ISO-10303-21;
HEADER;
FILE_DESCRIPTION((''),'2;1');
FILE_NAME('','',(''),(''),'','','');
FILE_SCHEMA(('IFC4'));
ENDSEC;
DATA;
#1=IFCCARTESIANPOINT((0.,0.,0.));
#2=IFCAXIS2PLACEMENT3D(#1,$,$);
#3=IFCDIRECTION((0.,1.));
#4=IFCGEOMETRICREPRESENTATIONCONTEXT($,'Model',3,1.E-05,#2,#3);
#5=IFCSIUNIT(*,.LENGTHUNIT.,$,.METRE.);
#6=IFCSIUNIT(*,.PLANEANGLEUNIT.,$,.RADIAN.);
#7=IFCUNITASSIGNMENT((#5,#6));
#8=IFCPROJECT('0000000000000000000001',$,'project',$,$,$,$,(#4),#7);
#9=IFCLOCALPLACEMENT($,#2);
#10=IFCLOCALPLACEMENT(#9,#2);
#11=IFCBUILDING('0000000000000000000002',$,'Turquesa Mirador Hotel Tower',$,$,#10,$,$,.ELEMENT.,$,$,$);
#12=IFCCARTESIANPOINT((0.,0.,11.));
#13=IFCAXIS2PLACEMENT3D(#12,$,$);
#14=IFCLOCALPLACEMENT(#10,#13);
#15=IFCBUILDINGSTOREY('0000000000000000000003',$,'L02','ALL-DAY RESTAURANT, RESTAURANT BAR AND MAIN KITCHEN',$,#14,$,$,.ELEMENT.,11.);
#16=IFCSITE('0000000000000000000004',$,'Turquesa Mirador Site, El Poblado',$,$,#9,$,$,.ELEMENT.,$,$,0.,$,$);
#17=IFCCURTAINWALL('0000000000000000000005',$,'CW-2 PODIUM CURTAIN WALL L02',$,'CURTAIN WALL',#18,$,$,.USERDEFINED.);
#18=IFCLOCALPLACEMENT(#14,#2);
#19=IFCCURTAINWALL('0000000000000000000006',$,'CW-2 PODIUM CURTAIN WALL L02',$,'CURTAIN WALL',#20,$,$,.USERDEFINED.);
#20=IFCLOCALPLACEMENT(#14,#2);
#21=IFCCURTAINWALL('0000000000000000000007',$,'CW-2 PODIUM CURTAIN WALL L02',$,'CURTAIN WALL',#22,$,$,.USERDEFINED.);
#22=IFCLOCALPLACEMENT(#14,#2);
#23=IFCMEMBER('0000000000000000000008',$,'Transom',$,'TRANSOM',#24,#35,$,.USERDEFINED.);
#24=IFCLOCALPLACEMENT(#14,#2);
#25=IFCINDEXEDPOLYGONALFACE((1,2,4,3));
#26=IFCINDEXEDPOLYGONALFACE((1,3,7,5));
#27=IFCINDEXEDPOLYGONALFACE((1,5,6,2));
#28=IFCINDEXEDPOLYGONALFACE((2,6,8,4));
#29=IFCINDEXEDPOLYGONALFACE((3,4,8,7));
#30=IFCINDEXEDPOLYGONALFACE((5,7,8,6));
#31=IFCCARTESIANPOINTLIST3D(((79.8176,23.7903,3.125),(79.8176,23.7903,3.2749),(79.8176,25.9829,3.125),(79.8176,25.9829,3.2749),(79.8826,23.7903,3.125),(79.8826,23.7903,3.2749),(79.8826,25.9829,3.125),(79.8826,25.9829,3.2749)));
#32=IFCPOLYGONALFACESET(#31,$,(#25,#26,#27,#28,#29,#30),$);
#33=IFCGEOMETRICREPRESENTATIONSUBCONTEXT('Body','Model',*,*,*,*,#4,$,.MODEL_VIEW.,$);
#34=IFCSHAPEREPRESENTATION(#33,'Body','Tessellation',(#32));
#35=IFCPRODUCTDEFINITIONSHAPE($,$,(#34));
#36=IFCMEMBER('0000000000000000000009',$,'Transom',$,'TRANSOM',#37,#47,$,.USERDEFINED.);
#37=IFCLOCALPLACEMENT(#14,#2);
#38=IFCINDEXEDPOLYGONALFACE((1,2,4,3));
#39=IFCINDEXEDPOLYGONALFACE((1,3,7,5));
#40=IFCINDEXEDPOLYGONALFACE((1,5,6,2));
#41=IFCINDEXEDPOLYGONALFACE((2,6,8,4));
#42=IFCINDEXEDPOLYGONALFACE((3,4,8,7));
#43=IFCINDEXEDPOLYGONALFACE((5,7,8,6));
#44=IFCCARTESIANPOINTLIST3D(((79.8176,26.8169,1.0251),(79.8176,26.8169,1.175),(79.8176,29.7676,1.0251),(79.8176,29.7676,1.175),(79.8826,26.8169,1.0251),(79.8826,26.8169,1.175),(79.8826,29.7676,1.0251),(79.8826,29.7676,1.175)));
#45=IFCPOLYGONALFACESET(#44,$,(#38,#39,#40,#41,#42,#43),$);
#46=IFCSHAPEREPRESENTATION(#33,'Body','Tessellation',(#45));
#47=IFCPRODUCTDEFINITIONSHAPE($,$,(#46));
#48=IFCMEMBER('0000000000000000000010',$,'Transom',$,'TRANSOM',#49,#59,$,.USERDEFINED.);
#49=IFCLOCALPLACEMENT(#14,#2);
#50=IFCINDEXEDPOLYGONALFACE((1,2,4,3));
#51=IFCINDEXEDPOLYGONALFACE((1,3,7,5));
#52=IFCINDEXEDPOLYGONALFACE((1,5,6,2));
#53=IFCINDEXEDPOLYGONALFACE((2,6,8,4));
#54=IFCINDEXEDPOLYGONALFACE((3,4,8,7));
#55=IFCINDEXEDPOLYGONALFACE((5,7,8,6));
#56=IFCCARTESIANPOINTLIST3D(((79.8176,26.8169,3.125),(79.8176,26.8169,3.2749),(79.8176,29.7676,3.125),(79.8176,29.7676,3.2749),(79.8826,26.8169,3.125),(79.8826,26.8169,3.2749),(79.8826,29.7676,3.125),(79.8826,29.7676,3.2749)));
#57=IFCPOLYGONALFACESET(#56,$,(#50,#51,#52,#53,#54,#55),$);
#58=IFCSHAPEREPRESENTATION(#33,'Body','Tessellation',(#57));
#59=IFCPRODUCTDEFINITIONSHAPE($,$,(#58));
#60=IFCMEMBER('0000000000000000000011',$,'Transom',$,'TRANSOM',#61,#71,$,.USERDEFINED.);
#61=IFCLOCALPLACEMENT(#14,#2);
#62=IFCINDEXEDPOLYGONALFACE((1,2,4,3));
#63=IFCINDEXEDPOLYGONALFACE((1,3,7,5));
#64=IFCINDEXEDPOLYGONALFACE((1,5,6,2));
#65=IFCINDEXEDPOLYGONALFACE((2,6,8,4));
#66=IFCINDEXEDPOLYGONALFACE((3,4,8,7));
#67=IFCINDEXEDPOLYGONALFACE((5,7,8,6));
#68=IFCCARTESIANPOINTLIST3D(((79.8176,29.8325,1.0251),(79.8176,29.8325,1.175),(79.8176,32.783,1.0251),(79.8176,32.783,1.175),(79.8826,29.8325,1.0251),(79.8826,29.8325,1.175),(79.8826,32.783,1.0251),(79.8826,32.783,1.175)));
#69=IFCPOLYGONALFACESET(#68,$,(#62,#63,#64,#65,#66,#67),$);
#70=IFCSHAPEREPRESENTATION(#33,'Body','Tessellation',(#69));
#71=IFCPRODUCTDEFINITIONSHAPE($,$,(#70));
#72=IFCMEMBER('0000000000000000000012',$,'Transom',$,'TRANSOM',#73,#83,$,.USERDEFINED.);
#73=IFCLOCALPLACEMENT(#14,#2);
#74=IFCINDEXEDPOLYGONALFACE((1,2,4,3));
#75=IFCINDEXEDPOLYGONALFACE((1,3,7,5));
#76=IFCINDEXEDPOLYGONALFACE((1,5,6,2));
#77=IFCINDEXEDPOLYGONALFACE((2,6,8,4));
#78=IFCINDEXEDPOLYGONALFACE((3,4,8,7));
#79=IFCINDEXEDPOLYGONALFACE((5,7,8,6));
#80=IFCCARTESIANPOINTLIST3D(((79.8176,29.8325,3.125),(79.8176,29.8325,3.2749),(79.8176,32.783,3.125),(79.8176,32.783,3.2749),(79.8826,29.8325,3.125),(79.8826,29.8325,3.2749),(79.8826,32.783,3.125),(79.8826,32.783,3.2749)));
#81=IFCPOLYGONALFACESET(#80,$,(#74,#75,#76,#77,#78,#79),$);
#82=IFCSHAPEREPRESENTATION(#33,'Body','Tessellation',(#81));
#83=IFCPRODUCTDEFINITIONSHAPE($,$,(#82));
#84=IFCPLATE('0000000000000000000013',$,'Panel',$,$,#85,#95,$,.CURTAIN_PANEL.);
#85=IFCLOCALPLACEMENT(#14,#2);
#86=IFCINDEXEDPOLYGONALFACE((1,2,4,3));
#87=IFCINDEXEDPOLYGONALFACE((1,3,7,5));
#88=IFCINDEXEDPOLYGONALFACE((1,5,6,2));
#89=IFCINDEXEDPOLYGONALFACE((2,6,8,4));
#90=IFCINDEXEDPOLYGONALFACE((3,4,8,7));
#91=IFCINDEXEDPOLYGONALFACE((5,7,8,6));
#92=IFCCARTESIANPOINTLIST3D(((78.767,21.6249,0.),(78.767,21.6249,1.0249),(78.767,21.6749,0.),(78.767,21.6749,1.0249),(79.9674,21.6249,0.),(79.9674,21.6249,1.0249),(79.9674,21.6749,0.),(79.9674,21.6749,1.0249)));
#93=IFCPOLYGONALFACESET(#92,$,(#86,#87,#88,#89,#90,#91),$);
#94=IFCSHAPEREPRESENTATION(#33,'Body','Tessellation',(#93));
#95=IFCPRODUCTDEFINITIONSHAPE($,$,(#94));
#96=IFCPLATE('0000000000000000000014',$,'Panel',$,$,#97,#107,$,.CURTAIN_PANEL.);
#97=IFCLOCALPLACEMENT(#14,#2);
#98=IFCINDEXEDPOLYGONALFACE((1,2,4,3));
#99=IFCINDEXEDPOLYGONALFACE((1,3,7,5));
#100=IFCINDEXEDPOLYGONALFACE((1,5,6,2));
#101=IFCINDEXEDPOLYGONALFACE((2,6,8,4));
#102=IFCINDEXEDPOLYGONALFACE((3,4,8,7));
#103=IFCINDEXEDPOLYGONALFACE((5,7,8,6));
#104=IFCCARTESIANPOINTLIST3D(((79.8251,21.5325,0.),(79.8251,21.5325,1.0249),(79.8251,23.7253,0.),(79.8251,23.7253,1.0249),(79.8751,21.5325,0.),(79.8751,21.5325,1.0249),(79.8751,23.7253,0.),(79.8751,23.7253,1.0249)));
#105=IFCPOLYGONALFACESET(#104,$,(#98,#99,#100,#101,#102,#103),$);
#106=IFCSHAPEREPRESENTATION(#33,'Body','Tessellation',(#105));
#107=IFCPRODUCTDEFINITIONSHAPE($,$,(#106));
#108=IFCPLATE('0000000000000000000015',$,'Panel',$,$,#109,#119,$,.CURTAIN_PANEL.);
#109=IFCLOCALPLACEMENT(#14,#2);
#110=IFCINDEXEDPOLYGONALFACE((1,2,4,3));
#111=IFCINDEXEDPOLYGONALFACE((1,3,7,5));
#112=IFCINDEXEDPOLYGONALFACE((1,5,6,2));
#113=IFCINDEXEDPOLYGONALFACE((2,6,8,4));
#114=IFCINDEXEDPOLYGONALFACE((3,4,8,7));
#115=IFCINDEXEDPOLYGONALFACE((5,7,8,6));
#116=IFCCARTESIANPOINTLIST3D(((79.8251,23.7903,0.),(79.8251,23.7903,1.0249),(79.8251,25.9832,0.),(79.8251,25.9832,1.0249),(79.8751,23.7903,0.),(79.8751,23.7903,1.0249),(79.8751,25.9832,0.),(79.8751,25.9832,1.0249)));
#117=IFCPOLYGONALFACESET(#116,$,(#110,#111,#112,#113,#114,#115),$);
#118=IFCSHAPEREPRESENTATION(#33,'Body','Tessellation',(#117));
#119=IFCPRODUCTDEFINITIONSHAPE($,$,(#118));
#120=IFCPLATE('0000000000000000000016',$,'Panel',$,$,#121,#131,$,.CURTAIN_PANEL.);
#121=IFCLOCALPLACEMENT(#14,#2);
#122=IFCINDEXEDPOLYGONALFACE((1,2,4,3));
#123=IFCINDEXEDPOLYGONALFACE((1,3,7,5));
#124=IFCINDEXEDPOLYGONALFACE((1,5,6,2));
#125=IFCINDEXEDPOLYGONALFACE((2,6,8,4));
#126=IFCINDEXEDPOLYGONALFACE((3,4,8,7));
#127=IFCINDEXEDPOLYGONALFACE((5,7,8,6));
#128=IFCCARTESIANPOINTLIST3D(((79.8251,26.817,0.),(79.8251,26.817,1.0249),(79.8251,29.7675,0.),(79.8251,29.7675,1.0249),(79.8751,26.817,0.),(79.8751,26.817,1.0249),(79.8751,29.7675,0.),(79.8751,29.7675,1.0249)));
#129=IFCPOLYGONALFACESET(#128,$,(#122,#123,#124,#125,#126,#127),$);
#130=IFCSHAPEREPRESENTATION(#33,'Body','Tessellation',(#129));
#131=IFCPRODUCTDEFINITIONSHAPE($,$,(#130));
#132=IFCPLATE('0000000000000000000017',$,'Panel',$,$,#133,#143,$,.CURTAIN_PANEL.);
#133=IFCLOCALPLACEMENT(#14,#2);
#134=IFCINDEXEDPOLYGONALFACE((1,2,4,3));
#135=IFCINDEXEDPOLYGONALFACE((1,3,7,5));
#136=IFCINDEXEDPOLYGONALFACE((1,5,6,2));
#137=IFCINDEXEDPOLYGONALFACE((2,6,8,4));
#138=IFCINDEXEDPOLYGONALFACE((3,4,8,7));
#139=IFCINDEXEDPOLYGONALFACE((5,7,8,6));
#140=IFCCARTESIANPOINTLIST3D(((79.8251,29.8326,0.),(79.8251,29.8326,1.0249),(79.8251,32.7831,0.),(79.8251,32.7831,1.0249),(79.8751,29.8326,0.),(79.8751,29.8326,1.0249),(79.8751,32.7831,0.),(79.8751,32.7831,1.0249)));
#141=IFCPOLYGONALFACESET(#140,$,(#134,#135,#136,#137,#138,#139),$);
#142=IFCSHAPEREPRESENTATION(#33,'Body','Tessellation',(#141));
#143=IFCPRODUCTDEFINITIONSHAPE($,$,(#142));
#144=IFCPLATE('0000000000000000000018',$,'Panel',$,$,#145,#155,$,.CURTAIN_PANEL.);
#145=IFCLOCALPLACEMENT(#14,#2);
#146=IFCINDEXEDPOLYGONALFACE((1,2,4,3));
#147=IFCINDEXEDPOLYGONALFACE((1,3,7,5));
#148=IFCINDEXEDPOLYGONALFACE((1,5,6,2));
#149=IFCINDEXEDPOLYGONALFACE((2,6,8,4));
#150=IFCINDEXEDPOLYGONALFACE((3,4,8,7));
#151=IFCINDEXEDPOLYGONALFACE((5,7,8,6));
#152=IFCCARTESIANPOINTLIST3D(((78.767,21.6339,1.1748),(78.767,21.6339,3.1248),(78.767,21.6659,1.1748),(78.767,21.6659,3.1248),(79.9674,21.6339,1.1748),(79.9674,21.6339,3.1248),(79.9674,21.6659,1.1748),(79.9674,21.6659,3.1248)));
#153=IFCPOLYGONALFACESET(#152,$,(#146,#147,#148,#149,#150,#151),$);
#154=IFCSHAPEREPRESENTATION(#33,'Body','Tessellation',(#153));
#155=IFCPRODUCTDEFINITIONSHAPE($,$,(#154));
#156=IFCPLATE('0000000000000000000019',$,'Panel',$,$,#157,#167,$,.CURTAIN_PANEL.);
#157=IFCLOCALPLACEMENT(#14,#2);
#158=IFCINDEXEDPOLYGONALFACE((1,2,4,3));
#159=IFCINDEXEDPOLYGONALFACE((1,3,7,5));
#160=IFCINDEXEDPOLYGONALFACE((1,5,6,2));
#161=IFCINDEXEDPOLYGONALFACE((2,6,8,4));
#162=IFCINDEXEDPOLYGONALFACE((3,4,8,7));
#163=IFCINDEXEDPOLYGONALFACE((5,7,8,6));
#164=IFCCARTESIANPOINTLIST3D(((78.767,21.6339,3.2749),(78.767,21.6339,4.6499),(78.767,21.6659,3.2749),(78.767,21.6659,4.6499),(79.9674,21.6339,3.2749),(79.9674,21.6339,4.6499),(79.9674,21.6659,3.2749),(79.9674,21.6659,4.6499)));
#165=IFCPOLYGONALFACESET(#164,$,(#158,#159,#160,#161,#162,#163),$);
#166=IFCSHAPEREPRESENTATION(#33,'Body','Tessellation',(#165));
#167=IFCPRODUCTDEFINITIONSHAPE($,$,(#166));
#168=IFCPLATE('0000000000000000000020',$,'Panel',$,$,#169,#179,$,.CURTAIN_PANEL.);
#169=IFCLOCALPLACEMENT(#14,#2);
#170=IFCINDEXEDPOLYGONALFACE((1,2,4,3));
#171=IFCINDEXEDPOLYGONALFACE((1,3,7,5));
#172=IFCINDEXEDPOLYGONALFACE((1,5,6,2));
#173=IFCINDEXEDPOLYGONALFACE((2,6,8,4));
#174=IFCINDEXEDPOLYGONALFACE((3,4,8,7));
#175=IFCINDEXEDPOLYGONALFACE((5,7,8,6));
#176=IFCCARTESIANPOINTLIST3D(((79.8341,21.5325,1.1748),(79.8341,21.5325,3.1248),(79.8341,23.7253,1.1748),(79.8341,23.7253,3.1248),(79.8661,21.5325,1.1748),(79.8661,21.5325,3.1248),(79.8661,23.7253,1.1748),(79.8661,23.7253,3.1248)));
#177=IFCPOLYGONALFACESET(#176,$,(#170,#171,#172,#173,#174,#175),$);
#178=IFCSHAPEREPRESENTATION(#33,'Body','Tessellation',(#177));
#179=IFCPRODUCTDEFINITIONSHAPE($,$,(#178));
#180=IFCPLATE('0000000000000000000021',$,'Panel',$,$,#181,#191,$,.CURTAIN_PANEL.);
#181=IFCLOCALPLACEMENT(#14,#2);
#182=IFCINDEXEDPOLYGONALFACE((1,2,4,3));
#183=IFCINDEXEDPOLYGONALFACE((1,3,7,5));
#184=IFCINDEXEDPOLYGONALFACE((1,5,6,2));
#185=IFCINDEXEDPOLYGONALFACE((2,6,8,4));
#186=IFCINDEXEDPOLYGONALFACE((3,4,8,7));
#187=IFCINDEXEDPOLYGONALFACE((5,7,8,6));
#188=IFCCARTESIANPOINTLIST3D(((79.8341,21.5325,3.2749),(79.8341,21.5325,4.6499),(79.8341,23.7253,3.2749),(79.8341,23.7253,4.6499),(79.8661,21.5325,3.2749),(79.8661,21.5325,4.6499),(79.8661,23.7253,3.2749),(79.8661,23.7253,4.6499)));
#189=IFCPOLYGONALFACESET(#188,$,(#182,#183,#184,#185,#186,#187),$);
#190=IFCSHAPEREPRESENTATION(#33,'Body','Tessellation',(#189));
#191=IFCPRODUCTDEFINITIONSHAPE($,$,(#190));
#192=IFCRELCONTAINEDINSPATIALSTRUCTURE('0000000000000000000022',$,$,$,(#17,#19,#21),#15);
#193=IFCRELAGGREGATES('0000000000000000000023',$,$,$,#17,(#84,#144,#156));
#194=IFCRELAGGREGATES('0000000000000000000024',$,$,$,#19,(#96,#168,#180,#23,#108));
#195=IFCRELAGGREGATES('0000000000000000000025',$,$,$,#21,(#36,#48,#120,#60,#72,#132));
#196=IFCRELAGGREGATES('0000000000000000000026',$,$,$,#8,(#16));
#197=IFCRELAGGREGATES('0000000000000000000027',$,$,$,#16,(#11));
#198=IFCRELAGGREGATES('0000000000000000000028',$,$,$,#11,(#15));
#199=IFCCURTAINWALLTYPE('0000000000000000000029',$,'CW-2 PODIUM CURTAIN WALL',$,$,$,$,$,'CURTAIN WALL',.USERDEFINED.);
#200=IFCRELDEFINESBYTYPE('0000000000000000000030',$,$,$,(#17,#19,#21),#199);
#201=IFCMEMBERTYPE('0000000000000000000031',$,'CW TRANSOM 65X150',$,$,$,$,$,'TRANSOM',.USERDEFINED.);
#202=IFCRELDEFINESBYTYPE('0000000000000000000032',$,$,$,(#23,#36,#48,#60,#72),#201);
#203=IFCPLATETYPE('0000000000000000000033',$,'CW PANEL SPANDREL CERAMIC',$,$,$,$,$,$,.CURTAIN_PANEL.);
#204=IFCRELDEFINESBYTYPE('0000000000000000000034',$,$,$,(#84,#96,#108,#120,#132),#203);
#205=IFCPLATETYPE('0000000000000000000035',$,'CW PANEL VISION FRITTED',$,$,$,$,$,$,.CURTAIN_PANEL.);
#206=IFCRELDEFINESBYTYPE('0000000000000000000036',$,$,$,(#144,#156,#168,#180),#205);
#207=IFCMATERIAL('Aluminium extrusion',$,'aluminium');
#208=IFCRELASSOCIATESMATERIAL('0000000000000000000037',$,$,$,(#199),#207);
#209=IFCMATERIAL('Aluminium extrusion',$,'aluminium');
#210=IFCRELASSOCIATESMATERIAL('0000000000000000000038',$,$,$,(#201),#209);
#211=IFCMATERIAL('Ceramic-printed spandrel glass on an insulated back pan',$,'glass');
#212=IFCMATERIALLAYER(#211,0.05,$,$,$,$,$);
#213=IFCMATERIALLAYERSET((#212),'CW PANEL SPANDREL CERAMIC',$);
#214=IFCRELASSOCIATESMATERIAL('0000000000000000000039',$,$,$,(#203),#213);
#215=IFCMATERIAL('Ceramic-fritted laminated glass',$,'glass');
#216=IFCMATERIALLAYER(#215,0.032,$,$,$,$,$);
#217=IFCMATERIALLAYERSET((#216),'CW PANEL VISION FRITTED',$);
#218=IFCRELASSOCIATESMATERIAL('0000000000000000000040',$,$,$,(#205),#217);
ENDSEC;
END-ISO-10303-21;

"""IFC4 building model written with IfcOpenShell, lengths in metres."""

from ifc_helpers import new_model, si_unit, direction, frame, origin, origin_2d, place, context, subcontext, project, spatial, rectangle, extrude, material, layer, layer_set, material_profile, profile_set, type_object, element, aggregate, save


model = new_model("IFC4")

# Units and contexts
model_context = context("Model", 3, precision=1e-05, world=origin(), true_north=direction((0.0, 1.0)))
body_context = subcontext(model_context, "Body", "Model", "MODEL_VIEW")
ifc_project = project(units=[si_unit("LENGTHUNIT", "METRE"), si_unit("PLANEANGLEUNIT", "RADIAN")], contexts=[model_context])

# Site, building, storey
site_placement = place(None, origin())
site = spatial("IfcSite", under=ifc_project, at=site_placement, Name="Turquesa Mirador Site, El Poblado", CompositionType="ELEMENT", RefElevation=0.0)
building_placement = place(site_placement, origin())
building = spatial("IfcBuilding", under=site, at=building_placement, Name="Turquesa Mirador Hotel Tower", CompositionType="ELEMENT")
storey_placement = place(building_placement, frame((0.0, 0.0, 11.0)))
storey = spatial("IfcBuildingStorey", under=building, at=storey_placement, Name="L02", Description="ALL-DAY RESTAURANT, RESTAURANT BAR AND MAIN KITCHEN", CompositionType="ELEMENT", Elevation=11.0)

# Curtain walls
ifc_material_1 = material(Name="Aluminium extrusion", Category="aluminium")
curtain_wall_type = type_object("IfcCurtainWallType", Name="CW-2 PODIUM CURTAIN WALL", ElementType="CURTAIN WALL", PredefinedType="USERDEFINED", material=ifc_material_1)
curtain_wall_1_placement = place(storey_placement, origin())
curtain_wall_1 = element("IfcCurtainWall", 1, at=curtain_wall_1_placement, inside=storey, type_object=curtain_wall_type, Name="CW-2 PODIUM CURTAIN WALL L02", ObjectType="CURTAIN WALL", PredefinedType="USERDEFINED")
curtain_wall_2_placement = place(storey_placement, origin())
curtain_wall_2 = element("IfcCurtainWall", 2, at=curtain_wall_2_placement, inside=storey, type_object=curtain_wall_type, Name="CW-2 PODIUM CURTAIN WALL L02", ObjectType="CURTAIN WALL", PredefinedType="USERDEFINED")
curtain_wall_3_placement = place(storey_placement, origin())
curtain_wall_3 = element("IfcCurtainWall", 3, at=curtain_wall_3_placement, inside=storey, type_object=curtain_wall_type, Name="CW-2 PODIUM CURTAIN WALL L02", ObjectType="CURTAIN WALL", PredefinedType="USERDEFINED")

# Members
ifc_material_2 = material(Name="Aluminium extrusion", Category="aluminium")
ifc_material_profile_1 = material_profile(ifc_material_2, rectangle(XDim=0.0649, YDim=0.1499, at=origin_2d()), Name="TRANSOM 65X150")
ifc_profile_set_1 = profile_set([ifc_material_profile_1], Name="Aluminium extrusion")
member_type_1 = type_object("IfcMemberType", Name="CW TRANSOM 65X150", ElementType="TRANSOM", PredefinedType="USERDEFINED", material=ifc_profile_set_1)
member_1_placement = place(storey_placement, frame((79.8501, 23.7903, 3.2), z_axis=(0.0, 1.0, 0.0), x_axis=(-1.0, 0.0, 0.0)))
member_1 = element("IfcMember", 4, at=member_1_placement, type_object=member_type_1, Name="Transom", ObjectType="TRANSOM", PredefinedType="USERDEFINED", context=body_context, shape_type="SweptSolid", body=[
    extrude(rectangle(XDim=0.0649, YDim=0.1499, at=origin_2d()), origin(), (0.0, 0.0, 1.0), 2.1926),
])
member_2_placement = place(storey_placement, frame((79.8501, 26.8169, 1.1001), z_axis=(0.0, 1.0, 0.0), x_axis=(-1.0, 0.0, 0.0)))
member_2 = element("IfcMember", 5, at=member_2_placement, type_object=member_type_1, Name="Transom", ObjectType="TRANSOM", PredefinedType="USERDEFINED", context=body_context, shape_type="SweptSolid", body=[
    extrude(rectangle(XDim=0.0649, YDim=0.1499, at=origin_2d()), origin(), (0.0, 0.0, 1.0), 2.9507),
])
member_3_placement = place(storey_placement, frame((79.8501, 26.8169, 3.2), z_axis=(0.0, 1.0, 0.0), x_axis=(-1.0, 0.0, 0.0)))
member_3 = element("IfcMember", 6, at=member_3_placement, type_object=member_type_1, Name="Transom", ObjectType="TRANSOM", PredefinedType="USERDEFINED", context=body_context, shape_type="SweptSolid", body=[
    extrude(rectangle(XDim=0.0649, YDim=0.1499, at=origin_2d()), origin(), (0.0, 0.0, 1.0), 2.9507),
])
member_4_placement = place(storey_placement, frame((79.8501, 29.8325, 1.1001), z_axis=(0.0, 1.0, 0.0), x_axis=(-1.0, 0.0, 0.0)))
member_4 = element("IfcMember", 7, at=member_4_placement, type_object=member_type_1, Name="Transom", ObjectType="TRANSOM", PredefinedType="USERDEFINED", context=body_context, shape_type="SweptSolid", body=[
    extrude(rectangle(XDim=0.0649, YDim=0.1499, at=origin_2d()), origin(), (0.0, 0.0, 1.0), 2.9504),
])
member_5_placement = place(storey_placement, frame((79.8501, 29.8325, 3.2), z_axis=(0.0, 1.0, 0.0), x_axis=(-1.0, 0.0, 0.0)))
member_5 = element("IfcMember", 8, at=member_5_placement, type_object=member_type_1, Name="Transom", ObjectType="TRANSOM", PredefinedType="USERDEFINED", context=body_context, shape_type="SweptSolid", body=[
    extrude(rectangle(XDim=0.0649, YDim=0.1499, at=origin_2d()), origin(), (0.0, 0.0, 1.0), 2.9504),
])

# Plates
ifc_material_3 = material(Name="Ceramic-printed spandrel glass on an insulated back pan", Category="glass")
ifc_layer_1 = layer(ifc_material_3, 0.05)
ifc_layer_set_1 = layer_set([ifc_layer_1], Name="CW PANEL SPANDREL CERAMIC")
plate_type_1 = type_object("IfcPlateType", Name="CW PANEL SPANDREL CERAMIC", PredefinedType="CURTAIN_PANEL", material=ifc_layer_set_1)
plate_1_placement = place(storey_placement, frame((79.3672, 21.6499, 0.0), z_axis=(0.0, 0.0, 1.0), x_axis=(1.0, 0.0, 0.0)))
plate_1 = element("IfcPlate", 9, at=plate_1_placement, type_object=plate_type_1, Name="Panel", PredefinedType="CURTAIN_PANEL", context=body_context, shape_type="SweptSolid", body=[
    extrude(rectangle(XDim=1.2004, YDim=0.05, at=origin_2d()), origin(), (0.0, 0.0, 1.0), 1.0249),
])
plate_2_placement = place(storey_placement, frame((79.8501, 22.6289, 0.0), z_axis=(0.0, 0.0, 1.0), x_axis=(0.0, 1.0, 0.0)))
plate_2 = element("IfcPlate", 10, at=plate_2_placement, type_object=plate_type_1, Name="Panel", PredefinedType="CURTAIN_PANEL", context=body_context, shape_type="SweptSolid", body=[
    extrude(rectangle(XDim=2.1929, YDim=0.05, at=origin_2d()), origin(), (0.0, 0.0, 1.0), 1.0249),
])
plate_3_placement = place(storey_placement, frame((79.8501, 24.8867, 0.0), z_axis=(0.0, 0.0, 1.0), x_axis=(0.0, 1.0, 0.0)))
plate_3 = element("IfcPlate", 11, at=plate_3_placement, type_object=plate_type_1, Name="Panel", PredefinedType="CURTAIN_PANEL", context=body_context, shape_type="SweptSolid", body=[
    extrude(rectangle(XDim=2.1929, YDim=0.05, at=origin_2d()), origin(), (0.0, 0.0, 1.0), 1.0249),
])
plate_4_placement = place(storey_placement, frame((79.8501, 28.2922, 0.0), z_axis=(0.0, 0.0, 1.0), x_axis=(0.0, 1.0, 0.0)))
plate_4 = element("IfcPlate", 12, at=plate_4_placement, type_object=plate_type_1, Name="Panel", PredefinedType="CURTAIN_PANEL", context=body_context, shape_type="SweptSolid", body=[
    extrude(rectangle(XDim=2.9504, YDim=0.05, at=origin_2d()), origin(), (0.0, 0.0, 1.0), 1.0249),
])
plate_5_placement = place(storey_placement, frame((79.8501, 31.3079, 0.0), z_axis=(0.0, 0.0, 1.0), x_axis=(0.0, 1.0, 0.0)))
plate_5 = element("IfcPlate", 13, at=plate_5_placement, type_object=plate_type_1, Name="Panel", PredefinedType="CURTAIN_PANEL", context=body_context, shape_type="SweptSolid", body=[
    extrude(rectangle(XDim=2.9504, YDim=0.05, at=origin_2d()), origin(), (0.0, 0.0, 1.0), 1.0249),
])
ifc_material_4 = material(Name="Ceramic-fritted laminated glass", Category="glass")
ifc_layer_2 = layer(ifc_material_4, 0.032)
ifc_layer_set_2 = layer_set([ifc_layer_2], Name="CW PANEL VISION FRITTED")
plate_type_2 = type_object("IfcPlateType", Name="CW PANEL VISION FRITTED", PredefinedType="CURTAIN_PANEL", material=ifc_layer_set_2)
plate_6_placement = place(storey_placement, frame((79.3672, 21.6499, 1.1748), z_axis=(0.0, 0.0, 1.0), x_axis=(1.0, 0.0, 0.0)))
plate_6 = element("IfcPlate", 14, at=plate_6_placement, type_object=plate_type_2, Name="Panel", PredefinedType="CURTAIN_PANEL", context=body_context, shape_type="SweptSolid", body=[
    extrude(rectangle(XDim=1.2004, YDim=0.032, at=origin_2d()), origin(), (0.0, 0.0, 1.0), 1.95),
])
plate_7_placement = place(storey_placement, frame((79.3672, 21.6499, 3.2749), z_axis=(0.0, 0.0, 1.0), x_axis=(1.0, 0.0, 0.0)))
plate_7 = element("IfcPlate", 15, at=plate_7_placement, type_object=plate_type_2, Name="Panel", PredefinedType="CURTAIN_PANEL", context=body_context, shape_type="SweptSolid", body=[
    extrude(rectangle(XDim=1.2004, YDim=0.032, at=origin_2d()), origin(), (0.0, 0.0, 1.0), 1.375),
])
aggregate(curtain_wall_1, [plate_1, plate_6, plate_7])
plate_8_placement = place(storey_placement, frame((79.8501, 22.6289, 1.1748), z_axis=(0.0, 0.0, 1.0), x_axis=(0.0, 1.0, 0.0)))
plate_8 = element("IfcPlate", 16, at=plate_8_placement, type_object=plate_type_2, Name="Panel", PredefinedType="CURTAIN_PANEL", context=body_context, shape_type="SweptSolid", body=[
    extrude(rectangle(XDim=2.1929, YDim=0.032, at=origin_2d()), origin(), (0.0, 0.0, 1.0), 1.95),
])
plate_9_placement = place(storey_placement, frame((79.8501, 22.6289, 3.2749), z_axis=(0.0, 0.0, 1.0), x_axis=(0.0, 1.0, 0.0)))
plate_9 = element("IfcPlate", 17, at=plate_9_placement, type_object=plate_type_2, Name="Panel", PredefinedType="CURTAIN_PANEL", context=body_context, shape_type="SweptSolid", body=[
    extrude(rectangle(XDim=2.1929, YDim=0.032, at=origin_2d()), origin(), (0.0, 0.0, 1.0), 1.375),
])
aggregate(curtain_wall_2, [plate_2, plate_8, plate_9, member_1, plate_3])
aggregate(curtain_wall_3, [member_2, member_3, plate_4, member_4, member_5, plate_5])

save(model, "model.ifc")
